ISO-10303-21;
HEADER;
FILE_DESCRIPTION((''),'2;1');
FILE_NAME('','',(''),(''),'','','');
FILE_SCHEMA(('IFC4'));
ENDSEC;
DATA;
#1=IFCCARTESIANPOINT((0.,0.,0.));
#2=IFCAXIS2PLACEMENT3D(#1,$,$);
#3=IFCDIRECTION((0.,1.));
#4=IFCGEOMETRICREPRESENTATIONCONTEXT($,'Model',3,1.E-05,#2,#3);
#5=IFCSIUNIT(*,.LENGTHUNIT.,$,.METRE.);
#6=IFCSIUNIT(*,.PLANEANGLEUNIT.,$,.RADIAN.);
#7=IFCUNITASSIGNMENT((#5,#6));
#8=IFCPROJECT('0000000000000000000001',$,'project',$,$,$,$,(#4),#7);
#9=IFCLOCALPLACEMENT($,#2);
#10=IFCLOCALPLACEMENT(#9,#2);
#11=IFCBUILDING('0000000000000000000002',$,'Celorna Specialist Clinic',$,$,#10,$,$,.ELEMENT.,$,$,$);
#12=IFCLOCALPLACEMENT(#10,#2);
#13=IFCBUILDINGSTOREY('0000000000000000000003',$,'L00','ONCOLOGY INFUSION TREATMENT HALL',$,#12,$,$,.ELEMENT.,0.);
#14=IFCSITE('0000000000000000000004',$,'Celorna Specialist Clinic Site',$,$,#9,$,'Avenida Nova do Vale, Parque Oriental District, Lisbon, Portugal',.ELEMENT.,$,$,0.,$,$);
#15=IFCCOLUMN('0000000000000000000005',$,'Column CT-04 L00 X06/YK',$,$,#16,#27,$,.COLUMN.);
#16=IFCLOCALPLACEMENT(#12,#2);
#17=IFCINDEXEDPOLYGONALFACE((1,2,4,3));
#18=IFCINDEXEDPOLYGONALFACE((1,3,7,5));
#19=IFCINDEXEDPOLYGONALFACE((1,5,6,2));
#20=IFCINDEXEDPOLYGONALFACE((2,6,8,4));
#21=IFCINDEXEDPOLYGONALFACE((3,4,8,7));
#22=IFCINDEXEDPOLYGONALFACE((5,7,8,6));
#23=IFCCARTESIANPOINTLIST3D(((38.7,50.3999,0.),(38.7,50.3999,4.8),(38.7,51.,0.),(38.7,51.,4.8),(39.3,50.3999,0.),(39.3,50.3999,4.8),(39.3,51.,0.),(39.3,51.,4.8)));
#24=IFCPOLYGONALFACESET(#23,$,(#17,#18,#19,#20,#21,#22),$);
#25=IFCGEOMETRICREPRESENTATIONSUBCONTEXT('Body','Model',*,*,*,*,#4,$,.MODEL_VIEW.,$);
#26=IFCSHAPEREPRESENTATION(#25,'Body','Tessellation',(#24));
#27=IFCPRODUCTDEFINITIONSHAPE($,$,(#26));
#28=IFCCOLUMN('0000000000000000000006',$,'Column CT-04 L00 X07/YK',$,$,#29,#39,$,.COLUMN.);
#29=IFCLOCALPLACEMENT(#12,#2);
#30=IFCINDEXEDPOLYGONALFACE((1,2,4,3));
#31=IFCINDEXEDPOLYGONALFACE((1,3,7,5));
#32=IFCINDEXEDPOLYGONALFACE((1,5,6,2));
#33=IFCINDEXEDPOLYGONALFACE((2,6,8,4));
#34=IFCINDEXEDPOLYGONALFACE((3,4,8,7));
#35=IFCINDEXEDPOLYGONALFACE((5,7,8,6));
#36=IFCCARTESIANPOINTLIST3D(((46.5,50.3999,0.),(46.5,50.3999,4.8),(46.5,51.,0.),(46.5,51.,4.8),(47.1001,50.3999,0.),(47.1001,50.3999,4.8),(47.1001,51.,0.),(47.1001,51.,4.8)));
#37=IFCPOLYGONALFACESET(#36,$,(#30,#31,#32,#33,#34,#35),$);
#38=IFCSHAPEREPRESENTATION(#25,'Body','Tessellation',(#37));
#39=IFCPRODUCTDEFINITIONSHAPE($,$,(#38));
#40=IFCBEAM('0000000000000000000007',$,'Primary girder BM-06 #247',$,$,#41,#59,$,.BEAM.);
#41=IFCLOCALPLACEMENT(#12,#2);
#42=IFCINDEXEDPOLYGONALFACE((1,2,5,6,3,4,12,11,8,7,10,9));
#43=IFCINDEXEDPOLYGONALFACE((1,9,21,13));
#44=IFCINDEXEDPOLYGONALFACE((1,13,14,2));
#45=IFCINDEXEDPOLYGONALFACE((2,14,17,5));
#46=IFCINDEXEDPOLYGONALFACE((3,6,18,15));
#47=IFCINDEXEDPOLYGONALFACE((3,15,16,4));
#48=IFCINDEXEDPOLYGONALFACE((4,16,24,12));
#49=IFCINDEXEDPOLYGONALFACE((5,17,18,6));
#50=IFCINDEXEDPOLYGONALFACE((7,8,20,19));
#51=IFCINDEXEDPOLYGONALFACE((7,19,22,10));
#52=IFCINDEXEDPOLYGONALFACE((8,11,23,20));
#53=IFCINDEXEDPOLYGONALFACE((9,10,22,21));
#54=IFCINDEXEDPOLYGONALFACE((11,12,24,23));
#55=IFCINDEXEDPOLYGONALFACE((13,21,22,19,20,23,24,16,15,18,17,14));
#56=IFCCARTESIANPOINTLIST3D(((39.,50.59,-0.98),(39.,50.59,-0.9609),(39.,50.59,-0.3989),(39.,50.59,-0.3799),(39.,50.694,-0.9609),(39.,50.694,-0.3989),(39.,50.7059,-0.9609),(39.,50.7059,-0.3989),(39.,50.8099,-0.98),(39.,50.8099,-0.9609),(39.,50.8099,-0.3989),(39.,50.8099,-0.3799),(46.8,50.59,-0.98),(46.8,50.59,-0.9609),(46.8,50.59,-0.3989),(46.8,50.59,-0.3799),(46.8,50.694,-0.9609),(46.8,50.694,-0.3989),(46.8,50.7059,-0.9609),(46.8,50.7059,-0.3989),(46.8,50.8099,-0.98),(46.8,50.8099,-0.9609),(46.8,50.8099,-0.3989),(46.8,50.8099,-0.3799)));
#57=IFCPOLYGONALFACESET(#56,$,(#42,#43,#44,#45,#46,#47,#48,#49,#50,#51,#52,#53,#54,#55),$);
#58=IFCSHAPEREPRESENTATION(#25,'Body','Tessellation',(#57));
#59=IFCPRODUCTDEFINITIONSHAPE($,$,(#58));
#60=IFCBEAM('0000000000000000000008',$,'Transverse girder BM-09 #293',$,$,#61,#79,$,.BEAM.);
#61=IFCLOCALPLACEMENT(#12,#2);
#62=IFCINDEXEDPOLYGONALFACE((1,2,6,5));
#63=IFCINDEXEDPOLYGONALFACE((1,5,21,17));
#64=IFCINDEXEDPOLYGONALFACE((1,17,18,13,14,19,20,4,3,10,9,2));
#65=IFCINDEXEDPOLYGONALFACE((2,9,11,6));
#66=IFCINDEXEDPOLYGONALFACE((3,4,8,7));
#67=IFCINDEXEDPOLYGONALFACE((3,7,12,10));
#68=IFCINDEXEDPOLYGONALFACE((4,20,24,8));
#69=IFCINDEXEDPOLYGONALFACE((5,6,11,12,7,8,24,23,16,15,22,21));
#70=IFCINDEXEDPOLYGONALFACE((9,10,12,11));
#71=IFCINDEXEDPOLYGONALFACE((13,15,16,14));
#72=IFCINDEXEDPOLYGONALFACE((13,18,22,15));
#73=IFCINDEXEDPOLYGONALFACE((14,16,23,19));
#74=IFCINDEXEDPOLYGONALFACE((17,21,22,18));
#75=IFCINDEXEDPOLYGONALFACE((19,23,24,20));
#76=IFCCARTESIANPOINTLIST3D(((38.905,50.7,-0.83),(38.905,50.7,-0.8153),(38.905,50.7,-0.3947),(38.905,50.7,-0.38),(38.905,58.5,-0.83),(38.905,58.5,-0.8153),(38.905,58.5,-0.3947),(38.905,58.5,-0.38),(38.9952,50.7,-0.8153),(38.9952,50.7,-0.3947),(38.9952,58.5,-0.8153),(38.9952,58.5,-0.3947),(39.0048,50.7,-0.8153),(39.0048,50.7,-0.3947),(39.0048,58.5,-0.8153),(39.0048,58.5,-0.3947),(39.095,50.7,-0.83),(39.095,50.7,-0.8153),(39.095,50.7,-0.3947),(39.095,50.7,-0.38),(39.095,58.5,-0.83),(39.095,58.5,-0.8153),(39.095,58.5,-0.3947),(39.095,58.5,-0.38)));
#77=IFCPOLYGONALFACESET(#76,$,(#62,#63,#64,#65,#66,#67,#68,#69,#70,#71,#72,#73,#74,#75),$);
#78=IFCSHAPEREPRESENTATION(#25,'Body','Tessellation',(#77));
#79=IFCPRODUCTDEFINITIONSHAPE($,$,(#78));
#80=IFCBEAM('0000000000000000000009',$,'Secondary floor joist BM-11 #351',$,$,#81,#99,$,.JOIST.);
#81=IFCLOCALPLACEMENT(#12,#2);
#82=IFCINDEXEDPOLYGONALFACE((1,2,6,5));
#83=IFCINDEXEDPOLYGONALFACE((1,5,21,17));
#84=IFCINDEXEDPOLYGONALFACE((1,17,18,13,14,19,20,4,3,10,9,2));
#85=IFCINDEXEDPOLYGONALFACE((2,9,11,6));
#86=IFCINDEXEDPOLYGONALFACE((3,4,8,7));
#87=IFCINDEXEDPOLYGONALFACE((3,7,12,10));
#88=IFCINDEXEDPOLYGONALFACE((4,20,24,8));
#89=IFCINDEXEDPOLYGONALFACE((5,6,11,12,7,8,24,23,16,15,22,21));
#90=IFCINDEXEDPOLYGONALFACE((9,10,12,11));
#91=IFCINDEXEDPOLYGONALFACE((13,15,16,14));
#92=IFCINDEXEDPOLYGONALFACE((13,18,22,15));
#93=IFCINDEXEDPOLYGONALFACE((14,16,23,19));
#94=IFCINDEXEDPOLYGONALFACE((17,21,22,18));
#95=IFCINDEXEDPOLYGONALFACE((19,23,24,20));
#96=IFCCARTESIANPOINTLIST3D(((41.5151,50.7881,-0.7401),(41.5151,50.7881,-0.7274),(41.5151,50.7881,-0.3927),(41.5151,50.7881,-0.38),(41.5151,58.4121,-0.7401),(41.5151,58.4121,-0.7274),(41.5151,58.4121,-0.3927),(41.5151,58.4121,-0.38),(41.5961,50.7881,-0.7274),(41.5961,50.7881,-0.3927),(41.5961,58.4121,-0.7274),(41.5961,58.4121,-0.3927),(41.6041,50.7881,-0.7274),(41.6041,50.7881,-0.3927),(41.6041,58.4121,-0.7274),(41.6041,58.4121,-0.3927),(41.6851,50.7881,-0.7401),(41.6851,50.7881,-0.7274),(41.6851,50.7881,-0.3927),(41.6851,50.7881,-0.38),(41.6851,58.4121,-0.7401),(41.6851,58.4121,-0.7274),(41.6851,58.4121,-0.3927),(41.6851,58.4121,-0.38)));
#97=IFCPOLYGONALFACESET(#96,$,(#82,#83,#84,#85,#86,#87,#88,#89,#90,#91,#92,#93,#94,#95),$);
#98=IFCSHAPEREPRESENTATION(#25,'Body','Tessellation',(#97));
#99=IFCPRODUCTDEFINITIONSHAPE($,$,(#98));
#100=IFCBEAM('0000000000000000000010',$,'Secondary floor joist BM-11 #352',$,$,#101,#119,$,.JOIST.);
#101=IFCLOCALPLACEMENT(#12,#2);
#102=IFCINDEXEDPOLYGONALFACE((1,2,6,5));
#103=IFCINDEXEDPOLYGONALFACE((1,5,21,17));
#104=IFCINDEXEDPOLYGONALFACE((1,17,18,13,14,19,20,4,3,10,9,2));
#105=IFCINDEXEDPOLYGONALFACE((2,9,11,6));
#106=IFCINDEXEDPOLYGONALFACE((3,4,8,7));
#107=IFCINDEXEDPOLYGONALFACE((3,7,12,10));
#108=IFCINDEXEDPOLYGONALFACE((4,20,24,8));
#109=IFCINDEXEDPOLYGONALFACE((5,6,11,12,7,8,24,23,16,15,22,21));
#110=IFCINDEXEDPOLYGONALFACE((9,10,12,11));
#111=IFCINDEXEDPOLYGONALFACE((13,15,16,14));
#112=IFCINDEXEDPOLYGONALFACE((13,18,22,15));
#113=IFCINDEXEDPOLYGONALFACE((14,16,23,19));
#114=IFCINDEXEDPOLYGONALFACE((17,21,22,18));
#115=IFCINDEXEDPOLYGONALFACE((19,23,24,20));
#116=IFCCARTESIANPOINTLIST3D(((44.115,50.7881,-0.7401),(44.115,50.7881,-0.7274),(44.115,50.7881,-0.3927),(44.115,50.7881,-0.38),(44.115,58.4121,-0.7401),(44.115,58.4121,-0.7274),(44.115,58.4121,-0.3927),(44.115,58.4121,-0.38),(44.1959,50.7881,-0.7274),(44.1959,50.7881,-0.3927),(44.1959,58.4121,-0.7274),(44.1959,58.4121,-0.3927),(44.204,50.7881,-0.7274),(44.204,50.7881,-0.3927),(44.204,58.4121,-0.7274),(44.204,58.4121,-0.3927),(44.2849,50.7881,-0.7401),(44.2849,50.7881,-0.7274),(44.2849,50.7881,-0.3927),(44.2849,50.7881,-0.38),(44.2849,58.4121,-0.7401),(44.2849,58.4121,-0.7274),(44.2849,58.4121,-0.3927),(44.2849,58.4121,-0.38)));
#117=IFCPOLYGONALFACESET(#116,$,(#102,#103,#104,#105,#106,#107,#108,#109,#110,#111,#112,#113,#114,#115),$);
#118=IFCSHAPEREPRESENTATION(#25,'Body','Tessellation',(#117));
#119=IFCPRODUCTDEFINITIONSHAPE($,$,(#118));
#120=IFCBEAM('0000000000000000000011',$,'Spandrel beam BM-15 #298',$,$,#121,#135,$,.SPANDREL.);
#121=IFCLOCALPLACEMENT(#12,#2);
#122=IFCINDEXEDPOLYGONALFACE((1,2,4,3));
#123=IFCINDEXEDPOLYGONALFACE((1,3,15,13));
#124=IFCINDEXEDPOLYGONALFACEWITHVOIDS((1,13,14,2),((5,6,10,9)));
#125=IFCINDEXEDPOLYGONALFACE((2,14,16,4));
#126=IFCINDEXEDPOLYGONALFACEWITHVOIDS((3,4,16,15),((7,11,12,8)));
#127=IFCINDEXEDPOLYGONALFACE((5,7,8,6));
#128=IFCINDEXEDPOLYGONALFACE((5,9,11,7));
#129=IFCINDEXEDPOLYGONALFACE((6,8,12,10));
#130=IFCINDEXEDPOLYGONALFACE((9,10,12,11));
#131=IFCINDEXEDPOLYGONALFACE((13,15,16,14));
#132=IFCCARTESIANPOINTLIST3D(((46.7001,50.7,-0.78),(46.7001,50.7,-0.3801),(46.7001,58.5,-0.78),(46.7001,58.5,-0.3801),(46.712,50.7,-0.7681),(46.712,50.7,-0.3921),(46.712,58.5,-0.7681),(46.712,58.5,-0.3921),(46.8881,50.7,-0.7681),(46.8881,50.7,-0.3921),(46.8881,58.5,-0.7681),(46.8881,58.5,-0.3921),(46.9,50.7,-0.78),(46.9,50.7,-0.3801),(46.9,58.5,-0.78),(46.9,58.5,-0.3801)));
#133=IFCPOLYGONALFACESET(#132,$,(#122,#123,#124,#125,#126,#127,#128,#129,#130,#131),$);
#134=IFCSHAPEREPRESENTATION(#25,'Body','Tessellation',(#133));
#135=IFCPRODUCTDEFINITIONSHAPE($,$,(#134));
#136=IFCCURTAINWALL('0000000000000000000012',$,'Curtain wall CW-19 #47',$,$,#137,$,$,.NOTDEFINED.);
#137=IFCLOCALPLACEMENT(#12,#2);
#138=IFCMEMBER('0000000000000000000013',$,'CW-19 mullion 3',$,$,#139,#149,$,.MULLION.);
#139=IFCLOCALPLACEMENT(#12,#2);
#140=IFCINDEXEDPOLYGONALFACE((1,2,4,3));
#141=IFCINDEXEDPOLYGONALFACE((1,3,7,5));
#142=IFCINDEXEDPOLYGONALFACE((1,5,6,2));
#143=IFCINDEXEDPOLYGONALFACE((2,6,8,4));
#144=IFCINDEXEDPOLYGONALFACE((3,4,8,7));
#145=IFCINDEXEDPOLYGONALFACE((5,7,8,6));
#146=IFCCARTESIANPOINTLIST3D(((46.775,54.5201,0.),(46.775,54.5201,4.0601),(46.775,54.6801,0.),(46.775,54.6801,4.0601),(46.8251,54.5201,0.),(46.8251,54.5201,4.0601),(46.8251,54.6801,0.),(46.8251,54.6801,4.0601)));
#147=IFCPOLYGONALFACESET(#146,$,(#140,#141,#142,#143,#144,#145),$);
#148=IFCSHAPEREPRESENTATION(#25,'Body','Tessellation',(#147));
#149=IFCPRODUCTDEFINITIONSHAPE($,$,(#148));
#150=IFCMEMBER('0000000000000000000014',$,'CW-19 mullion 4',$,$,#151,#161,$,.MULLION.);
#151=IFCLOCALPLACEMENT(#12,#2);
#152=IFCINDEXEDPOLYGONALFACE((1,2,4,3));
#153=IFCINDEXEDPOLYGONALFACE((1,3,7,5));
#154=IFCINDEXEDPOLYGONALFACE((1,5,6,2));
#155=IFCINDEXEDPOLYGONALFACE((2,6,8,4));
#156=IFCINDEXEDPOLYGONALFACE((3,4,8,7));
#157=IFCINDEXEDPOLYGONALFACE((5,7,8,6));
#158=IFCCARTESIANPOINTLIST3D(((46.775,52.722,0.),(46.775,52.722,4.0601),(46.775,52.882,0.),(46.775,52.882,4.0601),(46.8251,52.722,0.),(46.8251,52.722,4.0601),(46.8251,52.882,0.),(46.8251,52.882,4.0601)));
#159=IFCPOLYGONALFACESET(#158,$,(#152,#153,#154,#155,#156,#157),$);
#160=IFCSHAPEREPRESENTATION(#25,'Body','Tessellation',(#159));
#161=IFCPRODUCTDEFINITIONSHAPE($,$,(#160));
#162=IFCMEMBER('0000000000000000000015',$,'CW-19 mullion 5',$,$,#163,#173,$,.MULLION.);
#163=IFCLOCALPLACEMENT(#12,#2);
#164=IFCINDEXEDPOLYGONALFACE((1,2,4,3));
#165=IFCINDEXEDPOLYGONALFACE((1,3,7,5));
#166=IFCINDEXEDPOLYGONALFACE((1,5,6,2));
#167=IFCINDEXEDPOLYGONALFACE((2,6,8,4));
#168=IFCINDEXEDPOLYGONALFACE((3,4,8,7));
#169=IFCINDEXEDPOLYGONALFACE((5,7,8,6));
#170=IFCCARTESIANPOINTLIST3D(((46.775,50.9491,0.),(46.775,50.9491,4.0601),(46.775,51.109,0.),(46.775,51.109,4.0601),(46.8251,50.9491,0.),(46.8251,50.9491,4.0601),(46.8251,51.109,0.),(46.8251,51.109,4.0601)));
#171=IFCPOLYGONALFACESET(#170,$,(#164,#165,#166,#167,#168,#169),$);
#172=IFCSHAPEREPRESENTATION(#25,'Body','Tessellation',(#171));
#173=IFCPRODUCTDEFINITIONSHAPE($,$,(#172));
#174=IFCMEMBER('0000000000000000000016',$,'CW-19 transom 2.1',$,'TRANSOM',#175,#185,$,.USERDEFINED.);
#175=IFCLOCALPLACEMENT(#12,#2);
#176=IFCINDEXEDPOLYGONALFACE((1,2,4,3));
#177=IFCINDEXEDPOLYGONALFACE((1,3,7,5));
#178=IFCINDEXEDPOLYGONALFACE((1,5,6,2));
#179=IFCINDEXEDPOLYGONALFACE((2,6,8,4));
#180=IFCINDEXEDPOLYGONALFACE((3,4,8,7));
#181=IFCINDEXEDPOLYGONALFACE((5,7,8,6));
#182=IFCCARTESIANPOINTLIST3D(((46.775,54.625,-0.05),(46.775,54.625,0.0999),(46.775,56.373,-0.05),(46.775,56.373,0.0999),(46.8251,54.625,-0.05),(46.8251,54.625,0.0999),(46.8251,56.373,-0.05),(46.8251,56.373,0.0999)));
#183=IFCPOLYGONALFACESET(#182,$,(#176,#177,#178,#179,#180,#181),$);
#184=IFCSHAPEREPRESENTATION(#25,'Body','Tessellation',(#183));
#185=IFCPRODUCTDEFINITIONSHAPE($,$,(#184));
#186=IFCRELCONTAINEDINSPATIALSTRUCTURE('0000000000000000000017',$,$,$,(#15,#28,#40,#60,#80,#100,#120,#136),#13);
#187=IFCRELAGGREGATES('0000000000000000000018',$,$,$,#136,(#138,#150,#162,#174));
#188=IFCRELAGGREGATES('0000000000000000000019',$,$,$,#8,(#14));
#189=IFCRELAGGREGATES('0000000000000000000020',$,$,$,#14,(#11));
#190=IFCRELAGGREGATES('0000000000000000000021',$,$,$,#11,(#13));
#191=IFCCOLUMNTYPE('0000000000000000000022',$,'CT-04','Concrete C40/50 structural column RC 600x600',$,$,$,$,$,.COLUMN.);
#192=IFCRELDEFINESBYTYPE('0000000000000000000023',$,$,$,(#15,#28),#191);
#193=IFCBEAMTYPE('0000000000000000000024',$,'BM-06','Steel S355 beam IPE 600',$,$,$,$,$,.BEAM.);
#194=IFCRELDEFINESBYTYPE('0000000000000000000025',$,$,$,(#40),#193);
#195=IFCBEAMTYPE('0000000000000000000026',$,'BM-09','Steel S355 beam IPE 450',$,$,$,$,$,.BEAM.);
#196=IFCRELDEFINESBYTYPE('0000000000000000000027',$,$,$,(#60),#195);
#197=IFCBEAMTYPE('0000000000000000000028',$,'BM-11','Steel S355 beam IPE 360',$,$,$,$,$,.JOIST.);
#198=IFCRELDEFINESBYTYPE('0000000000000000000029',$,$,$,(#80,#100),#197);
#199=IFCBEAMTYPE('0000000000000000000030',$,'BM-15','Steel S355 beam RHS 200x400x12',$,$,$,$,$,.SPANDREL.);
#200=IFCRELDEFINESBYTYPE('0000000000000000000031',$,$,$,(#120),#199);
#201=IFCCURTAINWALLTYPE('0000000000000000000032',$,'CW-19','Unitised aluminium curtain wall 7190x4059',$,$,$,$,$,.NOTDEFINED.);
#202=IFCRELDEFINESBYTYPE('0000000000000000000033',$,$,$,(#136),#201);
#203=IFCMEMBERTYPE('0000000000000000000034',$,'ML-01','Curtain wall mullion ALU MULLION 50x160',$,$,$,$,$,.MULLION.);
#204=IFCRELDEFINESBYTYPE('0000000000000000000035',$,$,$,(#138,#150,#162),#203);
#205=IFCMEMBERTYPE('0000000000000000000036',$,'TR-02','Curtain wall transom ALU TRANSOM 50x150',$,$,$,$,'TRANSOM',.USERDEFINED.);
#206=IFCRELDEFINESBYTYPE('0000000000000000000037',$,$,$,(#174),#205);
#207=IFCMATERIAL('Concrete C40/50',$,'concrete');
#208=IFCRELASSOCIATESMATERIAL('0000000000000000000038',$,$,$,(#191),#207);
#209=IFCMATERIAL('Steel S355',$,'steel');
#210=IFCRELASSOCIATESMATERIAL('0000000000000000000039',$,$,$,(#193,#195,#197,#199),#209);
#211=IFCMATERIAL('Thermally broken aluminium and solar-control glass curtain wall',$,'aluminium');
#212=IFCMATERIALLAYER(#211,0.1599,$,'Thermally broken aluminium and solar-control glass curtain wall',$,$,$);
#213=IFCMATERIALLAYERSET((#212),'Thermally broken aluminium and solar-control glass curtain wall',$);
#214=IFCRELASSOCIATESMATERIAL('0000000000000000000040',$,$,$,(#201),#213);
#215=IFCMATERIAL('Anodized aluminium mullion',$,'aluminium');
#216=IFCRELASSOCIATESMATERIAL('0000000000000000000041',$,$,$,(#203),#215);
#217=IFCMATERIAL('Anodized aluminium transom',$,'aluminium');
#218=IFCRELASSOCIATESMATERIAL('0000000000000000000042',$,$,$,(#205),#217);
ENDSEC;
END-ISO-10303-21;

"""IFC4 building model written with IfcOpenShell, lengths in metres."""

from ifc_helpers import new_model, si_unit, direction, frame, origin, origin_2d, place, context, subcontext, project, spatial, rectangle, hollow_rectangle, i_section, extrude, material, layer, layer_set, material_profile, profile_set, type_object, element, aggregate, save


model = new_model("IFC4")

# Units and contexts
model_context = context("Model", 3, precision=1e-05, world=origin(), true_north=direction((0.0, 1.0)))
body_context = subcontext(model_context, "Body", "Model", "MODEL_VIEW")
ifc_project = project(units=[si_unit("LENGTHUNIT", "METRE"), si_unit("PLANEANGLEUNIT", "RADIAN")], contexts=[model_context])

# Site, building, storey
site_placement = place(None, origin())
site = spatial("IfcSite", under=ifc_project, at=site_placement, Name="Celorna Specialist Clinic Site", LongName="Avenida Nova do Vale, Parque Oriental District, Lisbon, Portugal", CompositionType="ELEMENT", RefElevation=0.0)
building_placement = place(site_placement, origin())
building = spatial("IfcBuilding", under=site, at=building_placement, Name="Celorna Specialist Clinic", CompositionType="ELEMENT")
storey_placement = place(building_placement, origin())
storey = spatial("IfcBuildingStorey", under=building, at=storey_placement, Name="L00", Description="ONCOLOGY INFUSION TREATMENT HALL", CompositionType="ELEMENT", Elevation=0.0)

# Columns
ifc_material_1 = material(Name="Concrete C40/50", Category="concrete")
ifc_material_profile_1 = material_profile(ifc_material_1, rectangle(XDim=0.6001, YDim=0.6001, at=origin_2d()), Name="RC 600x600")
ifc_profile_set_1 = profile_set([ifc_material_profile_1], Name="Concrete C40/50")
column_type = type_object("IfcColumnType", Name="CT-04", Description="Concrete C40/50 structural column RC 600x600", PredefinedType="COLUMN", material=ifc_profile_set_1)
for number, where, z_axis, x_axis, name in (
    (1, (39.0, 50.7, 0.0), (0.0, 0.0, 1.0), (1.0, 0.0, 0.0), "Column CT-04 L00 X06/YK"),
    (2, (46.8, 50.7, 0.0), (0.0, 0.0, 1.0), (1.0, 0.0, 0.0), "Column CT-04 L00 X07/YK"),
):
    element("IfcColumn", number, at=place(storey_placement, frame(where, z_axis=z_axis, x_axis=x_axis)), inside=storey, type_object=column_type, Name=name, PredefinedType="COLUMN", context=body_context, shape_type="SweptSolid", body=[
        extrude(rectangle(XDim=0.6001, YDim=0.6001, at=origin_2d()), origin(), (0.0, 0.0, 1.0), 4.8),
    ])

# Beams
ifc_material_2 = material(Name="Steel S355", Category="steel")
ifc_material_profile_2 = material_profile(ifc_material_2, i_section(OverallWidth=0.22, OverallDepth=0.6001, WebThickness=0.012, FlangeThickness=0.019, at=origin_2d()), Name="IPE 600")
ifc_profile_set_2 = profile_set([ifc_material_profile_2], Name="Steel S355")
beam_type_1 = type_object("IfcBeamType", Name="BM-06", Description="Steel S355 beam IPE 600", PredefinedType="BEAM", material=ifc_profile_set_2)
beam_1_placement = place(storey_placement, frame((39.0, 50.7, -0.6799), z_axis=(1.0, 0.0, 0.0), x_axis=(0.0, 1.0, 0.0)))
element("IfcBeam", 3, at=beam_1_placement, inside=storey, type_object=beam_type_1, Name="Primary girder BM-06 #247", PredefinedType="BEAM", context=body_context, shape_type="SweptSolid", body=[
    extrude(i_section(OverallWidth=0.22, OverallDepth=0.6001, WebThickness=0.012, FlangeThickness=0.019, at=origin_2d()), origin(), (0.0, 0.0, 1.0), 7.8),
])
ifc_material_profile_3 = material_profile(ifc_material_2, i_section(OverallWidth=0.1899, OverallDepth=0.45, WebThickness=0.0095, FlangeThickness=0.0146, at=origin_2d()), Name="IPE 450")
ifc_profile_set_3 = profile_set([ifc_material_profile_3], Name="Steel S355")
beam_type_2 = type_object("IfcBeamType", Name="BM-09", Description="Steel S355 beam IPE 450", PredefinedType="BEAM", material=ifc_profile_set_3)
beam_2_placement = place(storey_placement, frame((39.0, 50.7, -0.605), z_axis=(0.0, 1.0, 0.0), x_axis=(-1.0, 0.0, 0.0)))
element("IfcBeam", 4, at=beam_2_placement, inside=storey, type_object=beam_type_2, Name="Transverse girder BM-09 #293", PredefinedType="BEAM", context=body_context, shape_type="SweptSolid", body=[
    extrude(i_section(OverallWidth=0.1899, OverallDepth=0.45, WebThickness=0.0095, FlangeThickness=0.0146, at=origin_2d()), origin(), (0.0, 0.0, 1.0), 7.8),
])
ifc_material_profile_4 = material_profile(ifc_material_2, i_section(OverallWidth=0.1699, OverallDepth=0.3601, WebThickness=0.0081, FlangeThickness=0.0127, at=origin_2d()), Name="IPE 360")
ifc_profile_set_4 = profile_set([ifc_material_profile_4], Name="Steel S355")
beam_type_3 = type_object("IfcBeamType", Name="BM-11", Description="Steel S355 beam IPE 360", PredefinedType="JOIST", material=ifc_profile_set_4)
for number, where, z_axis, x_axis, name in (
    (5, (41.6001, 50.7881, -0.5601), (0.0, 1.0, 0.0), (-1.0, 0.0, 0.0), "Secondary floor joist BM-11 #351"),
    (6, (44.2, 50.7881, -0.5601), (0.0, 1.0, 0.0), (-1.0, 0.0, 0.0), "Secondary floor joist BM-11 #352"),
):
    element("IfcBeam", number, at=place(storey_placement, frame(where, z_axis=z_axis, x_axis=x_axis)), inside=storey, type_object=beam_type_3, Name=name, PredefinedType="JOIST", context=body_context, shape_type="SweptSolid", body=[
        extrude(i_section(OverallWidth=0.1699, OverallDepth=0.3601, WebThickness=0.0081, FlangeThickness=0.0127, at=origin_2d()), origin(), (0.0, 0.0, 1.0), 7.624),
    ])
ifc_material_profile_5 = material_profile(ifc_material_2, hollow_rectangle(XDim=0.2, YDim=0.3999, WallThickness=0.012, at=origin_2d()), Name="RHS 200x400x12")
ifc_profile_set_5 = profile_set([ifc_material_profile_5], Name="Steel S355")
beam_type_4 = type_object("IfcBeamType", Name="BM-15", Description="Steel S355 beam RHS 200x400x12", PredefinedType="SPANDREL", material=ifc_profile_set_5)
beam_3_placement = place(storey_placement, frame((46.8, 50.7, -0.5801), z_axis=(0.0, 1.0, 0.0), x_axis=(-1.0, 0.0, 0.0)))
element("IfcBeam", 7, at=beam_3_placement, inside=storey, type_object=beam_type_4, Name="Spandrel beam BM-15 #298", PredefinedType="SPANDREL", context=body_context, shape_type="SweptSolid", body=[
    extrude(hollow_rectangle(XDim=0.2, YDim=0.3999, WallThickness=0.012, at=origin_2d()), origin(), (0.0, 0.0, 1.0), 7.8),
])

# Curtain wall, members
ifc_material_3 = material(Name="Thermally broken aluminium and solar-control glass curtain wall", Category="aluminium")
ifc_layer_1 = layer(ifc_material_3, 0.1599, Name="Thermally broken aluminium and solar-control glass curtain wall")
ifc_layer_set_1 = layer_set([ifc_layer_1], Name="Thermally broken aluminium and solar-control glass curtain wall")
curtain_wall_type = type_object("IfcCurtainWallType", Name="CW-19", Description="Unitised aluminium curtain wall 7190x4059", PredefinedType="NOTDEFINED", material=ifc_layer_set_1)
curtain_wall_placement = place(storey_placement, origin())
curtain_wall = element("IfcCurtainWall", 8, at=curtain_wall_placement, inside=storey, type_object=curtain_wall_type, Name="Curtain wall CW-19 #47", PredefinedType="NOTDEFINED")
ifc_material_4 = material(Name="Anodized aluminium mullion", Category="aluminium")
ifc_material_profile_6 = material_profile(ifc_material_4, rectangle(XDim=0.05, YDim=0.1599, at=origin_2d()), Name="ALU MULLION 50x160")
ifc_profile_set_6 = profile_set([ifc_material_profile_6], Name="Anodized aluminium mullion")
member_type_1 = type_object("IfcMemberType", Name="ML-01", Description="Curtain wall mullion ALU MULLION 50x160", PredefinedType="MULLION", material=ifc_profile_set_6)
member_1_placement = place(storey_placement, frame((46.8, 54.6001, 0.0), z_axis=(0.0, 0.0, 1.0), x_axis=(1.0, 0.0, 0.0)))
member_1 = element("IfcMember", 9, at=member_1_placement, type_object=member_type_1, Name="CW-19 mullion 3", PredefinedType="MULLION", context=body_context, shape_type="SweptSolid", body=[
    extrude(rectangle(XDim=0.05, YDim=0.1599, at=origin_2d()), origin(), (0.0, 0.0, 1.0), 4.0601),
])
member_2_placement = place(storey_placement, frame((46.8, 52.802, 0.0), z_axis=(0.0, 0.0, 1.0), x_axis=(1.0, 0.0, 0.0)))
member_2 = element("IfcMember", 10, at=member_2_placement, type_object=member_type_1, Name="CW-19 mullion 4", PredefinedType="MULLION", context=body_context, shape_type="SweptSolid", body=[
    extrude(rectangle(XDim=0.05, YDim=0.1599, at=origin_2d()), origin(), (0.0, 0.0, 1.0), 4.0601),
])
member_3_placement = place(storey_placement, frame((46.8, 51.0291, 0.0), z_axis=(0.0, 0.0, 1.0), x_axis=(1.0, 0.0, 0.0)))
member_3 = element("IfcMember", 11, at=member_3_placement, type_object=member_type_1, Name="CW-19 mullion 5", PredefinedType="MULLION", context=body_context, shape_type="SweptSolid", body=[
    extrude(rectangle(XDim=0.05, YDim=0.1599, at=origin_2d()), origin(), (0.0, 0.0, 1.0), 4.0601),
])
ifc_material_5 = material(Name="Anodized aluminium transom", Category="aluminium")
ifc_material_profile_7 = material_profile(ifc_material_5, rectangle(XDim=0.05, YDim=0.1499, at=origin_2d()), Name="ALU TRANSOM 50x150")
ifc_profile_set_7 = profile_set([ifc_material_profile_7], Name="Anodized aluminium transom")
member_type_2 = type_object("IfcMemberType", Name="TR-02", Description="Curtain wall transom ALU TRANSOM 50x150", ElementType="TRANSOM", PredefinedType="USERDEFINED", material=ifc_profile_set_7)
member_4_placement = place(storey_placement, frame((46.8, 56.373, 0.0249), z_axis=(0.0, -1.0, 0.0), x_axis=(1.0, 0.0, 0.0)))
member_4 = element("IfcMember", 12, at=member_4_placement, type_object=member_type_2, Name="CW-19 transom 2.1", ObjectType="TRANSOM", PredefinedType="USERDEFINED", context=body_context, shape_type="SweptSolid", body=[
    extrude(rectangle(XDim=0.05, YDim=0.1499, at=origin_2d()), origin(), (0.0, 0.0, 1.0), 1.748),
])
aggregate(curtain_wall, [member_1, member_2, member_3, member_4])

save(model, "model.ifc")
